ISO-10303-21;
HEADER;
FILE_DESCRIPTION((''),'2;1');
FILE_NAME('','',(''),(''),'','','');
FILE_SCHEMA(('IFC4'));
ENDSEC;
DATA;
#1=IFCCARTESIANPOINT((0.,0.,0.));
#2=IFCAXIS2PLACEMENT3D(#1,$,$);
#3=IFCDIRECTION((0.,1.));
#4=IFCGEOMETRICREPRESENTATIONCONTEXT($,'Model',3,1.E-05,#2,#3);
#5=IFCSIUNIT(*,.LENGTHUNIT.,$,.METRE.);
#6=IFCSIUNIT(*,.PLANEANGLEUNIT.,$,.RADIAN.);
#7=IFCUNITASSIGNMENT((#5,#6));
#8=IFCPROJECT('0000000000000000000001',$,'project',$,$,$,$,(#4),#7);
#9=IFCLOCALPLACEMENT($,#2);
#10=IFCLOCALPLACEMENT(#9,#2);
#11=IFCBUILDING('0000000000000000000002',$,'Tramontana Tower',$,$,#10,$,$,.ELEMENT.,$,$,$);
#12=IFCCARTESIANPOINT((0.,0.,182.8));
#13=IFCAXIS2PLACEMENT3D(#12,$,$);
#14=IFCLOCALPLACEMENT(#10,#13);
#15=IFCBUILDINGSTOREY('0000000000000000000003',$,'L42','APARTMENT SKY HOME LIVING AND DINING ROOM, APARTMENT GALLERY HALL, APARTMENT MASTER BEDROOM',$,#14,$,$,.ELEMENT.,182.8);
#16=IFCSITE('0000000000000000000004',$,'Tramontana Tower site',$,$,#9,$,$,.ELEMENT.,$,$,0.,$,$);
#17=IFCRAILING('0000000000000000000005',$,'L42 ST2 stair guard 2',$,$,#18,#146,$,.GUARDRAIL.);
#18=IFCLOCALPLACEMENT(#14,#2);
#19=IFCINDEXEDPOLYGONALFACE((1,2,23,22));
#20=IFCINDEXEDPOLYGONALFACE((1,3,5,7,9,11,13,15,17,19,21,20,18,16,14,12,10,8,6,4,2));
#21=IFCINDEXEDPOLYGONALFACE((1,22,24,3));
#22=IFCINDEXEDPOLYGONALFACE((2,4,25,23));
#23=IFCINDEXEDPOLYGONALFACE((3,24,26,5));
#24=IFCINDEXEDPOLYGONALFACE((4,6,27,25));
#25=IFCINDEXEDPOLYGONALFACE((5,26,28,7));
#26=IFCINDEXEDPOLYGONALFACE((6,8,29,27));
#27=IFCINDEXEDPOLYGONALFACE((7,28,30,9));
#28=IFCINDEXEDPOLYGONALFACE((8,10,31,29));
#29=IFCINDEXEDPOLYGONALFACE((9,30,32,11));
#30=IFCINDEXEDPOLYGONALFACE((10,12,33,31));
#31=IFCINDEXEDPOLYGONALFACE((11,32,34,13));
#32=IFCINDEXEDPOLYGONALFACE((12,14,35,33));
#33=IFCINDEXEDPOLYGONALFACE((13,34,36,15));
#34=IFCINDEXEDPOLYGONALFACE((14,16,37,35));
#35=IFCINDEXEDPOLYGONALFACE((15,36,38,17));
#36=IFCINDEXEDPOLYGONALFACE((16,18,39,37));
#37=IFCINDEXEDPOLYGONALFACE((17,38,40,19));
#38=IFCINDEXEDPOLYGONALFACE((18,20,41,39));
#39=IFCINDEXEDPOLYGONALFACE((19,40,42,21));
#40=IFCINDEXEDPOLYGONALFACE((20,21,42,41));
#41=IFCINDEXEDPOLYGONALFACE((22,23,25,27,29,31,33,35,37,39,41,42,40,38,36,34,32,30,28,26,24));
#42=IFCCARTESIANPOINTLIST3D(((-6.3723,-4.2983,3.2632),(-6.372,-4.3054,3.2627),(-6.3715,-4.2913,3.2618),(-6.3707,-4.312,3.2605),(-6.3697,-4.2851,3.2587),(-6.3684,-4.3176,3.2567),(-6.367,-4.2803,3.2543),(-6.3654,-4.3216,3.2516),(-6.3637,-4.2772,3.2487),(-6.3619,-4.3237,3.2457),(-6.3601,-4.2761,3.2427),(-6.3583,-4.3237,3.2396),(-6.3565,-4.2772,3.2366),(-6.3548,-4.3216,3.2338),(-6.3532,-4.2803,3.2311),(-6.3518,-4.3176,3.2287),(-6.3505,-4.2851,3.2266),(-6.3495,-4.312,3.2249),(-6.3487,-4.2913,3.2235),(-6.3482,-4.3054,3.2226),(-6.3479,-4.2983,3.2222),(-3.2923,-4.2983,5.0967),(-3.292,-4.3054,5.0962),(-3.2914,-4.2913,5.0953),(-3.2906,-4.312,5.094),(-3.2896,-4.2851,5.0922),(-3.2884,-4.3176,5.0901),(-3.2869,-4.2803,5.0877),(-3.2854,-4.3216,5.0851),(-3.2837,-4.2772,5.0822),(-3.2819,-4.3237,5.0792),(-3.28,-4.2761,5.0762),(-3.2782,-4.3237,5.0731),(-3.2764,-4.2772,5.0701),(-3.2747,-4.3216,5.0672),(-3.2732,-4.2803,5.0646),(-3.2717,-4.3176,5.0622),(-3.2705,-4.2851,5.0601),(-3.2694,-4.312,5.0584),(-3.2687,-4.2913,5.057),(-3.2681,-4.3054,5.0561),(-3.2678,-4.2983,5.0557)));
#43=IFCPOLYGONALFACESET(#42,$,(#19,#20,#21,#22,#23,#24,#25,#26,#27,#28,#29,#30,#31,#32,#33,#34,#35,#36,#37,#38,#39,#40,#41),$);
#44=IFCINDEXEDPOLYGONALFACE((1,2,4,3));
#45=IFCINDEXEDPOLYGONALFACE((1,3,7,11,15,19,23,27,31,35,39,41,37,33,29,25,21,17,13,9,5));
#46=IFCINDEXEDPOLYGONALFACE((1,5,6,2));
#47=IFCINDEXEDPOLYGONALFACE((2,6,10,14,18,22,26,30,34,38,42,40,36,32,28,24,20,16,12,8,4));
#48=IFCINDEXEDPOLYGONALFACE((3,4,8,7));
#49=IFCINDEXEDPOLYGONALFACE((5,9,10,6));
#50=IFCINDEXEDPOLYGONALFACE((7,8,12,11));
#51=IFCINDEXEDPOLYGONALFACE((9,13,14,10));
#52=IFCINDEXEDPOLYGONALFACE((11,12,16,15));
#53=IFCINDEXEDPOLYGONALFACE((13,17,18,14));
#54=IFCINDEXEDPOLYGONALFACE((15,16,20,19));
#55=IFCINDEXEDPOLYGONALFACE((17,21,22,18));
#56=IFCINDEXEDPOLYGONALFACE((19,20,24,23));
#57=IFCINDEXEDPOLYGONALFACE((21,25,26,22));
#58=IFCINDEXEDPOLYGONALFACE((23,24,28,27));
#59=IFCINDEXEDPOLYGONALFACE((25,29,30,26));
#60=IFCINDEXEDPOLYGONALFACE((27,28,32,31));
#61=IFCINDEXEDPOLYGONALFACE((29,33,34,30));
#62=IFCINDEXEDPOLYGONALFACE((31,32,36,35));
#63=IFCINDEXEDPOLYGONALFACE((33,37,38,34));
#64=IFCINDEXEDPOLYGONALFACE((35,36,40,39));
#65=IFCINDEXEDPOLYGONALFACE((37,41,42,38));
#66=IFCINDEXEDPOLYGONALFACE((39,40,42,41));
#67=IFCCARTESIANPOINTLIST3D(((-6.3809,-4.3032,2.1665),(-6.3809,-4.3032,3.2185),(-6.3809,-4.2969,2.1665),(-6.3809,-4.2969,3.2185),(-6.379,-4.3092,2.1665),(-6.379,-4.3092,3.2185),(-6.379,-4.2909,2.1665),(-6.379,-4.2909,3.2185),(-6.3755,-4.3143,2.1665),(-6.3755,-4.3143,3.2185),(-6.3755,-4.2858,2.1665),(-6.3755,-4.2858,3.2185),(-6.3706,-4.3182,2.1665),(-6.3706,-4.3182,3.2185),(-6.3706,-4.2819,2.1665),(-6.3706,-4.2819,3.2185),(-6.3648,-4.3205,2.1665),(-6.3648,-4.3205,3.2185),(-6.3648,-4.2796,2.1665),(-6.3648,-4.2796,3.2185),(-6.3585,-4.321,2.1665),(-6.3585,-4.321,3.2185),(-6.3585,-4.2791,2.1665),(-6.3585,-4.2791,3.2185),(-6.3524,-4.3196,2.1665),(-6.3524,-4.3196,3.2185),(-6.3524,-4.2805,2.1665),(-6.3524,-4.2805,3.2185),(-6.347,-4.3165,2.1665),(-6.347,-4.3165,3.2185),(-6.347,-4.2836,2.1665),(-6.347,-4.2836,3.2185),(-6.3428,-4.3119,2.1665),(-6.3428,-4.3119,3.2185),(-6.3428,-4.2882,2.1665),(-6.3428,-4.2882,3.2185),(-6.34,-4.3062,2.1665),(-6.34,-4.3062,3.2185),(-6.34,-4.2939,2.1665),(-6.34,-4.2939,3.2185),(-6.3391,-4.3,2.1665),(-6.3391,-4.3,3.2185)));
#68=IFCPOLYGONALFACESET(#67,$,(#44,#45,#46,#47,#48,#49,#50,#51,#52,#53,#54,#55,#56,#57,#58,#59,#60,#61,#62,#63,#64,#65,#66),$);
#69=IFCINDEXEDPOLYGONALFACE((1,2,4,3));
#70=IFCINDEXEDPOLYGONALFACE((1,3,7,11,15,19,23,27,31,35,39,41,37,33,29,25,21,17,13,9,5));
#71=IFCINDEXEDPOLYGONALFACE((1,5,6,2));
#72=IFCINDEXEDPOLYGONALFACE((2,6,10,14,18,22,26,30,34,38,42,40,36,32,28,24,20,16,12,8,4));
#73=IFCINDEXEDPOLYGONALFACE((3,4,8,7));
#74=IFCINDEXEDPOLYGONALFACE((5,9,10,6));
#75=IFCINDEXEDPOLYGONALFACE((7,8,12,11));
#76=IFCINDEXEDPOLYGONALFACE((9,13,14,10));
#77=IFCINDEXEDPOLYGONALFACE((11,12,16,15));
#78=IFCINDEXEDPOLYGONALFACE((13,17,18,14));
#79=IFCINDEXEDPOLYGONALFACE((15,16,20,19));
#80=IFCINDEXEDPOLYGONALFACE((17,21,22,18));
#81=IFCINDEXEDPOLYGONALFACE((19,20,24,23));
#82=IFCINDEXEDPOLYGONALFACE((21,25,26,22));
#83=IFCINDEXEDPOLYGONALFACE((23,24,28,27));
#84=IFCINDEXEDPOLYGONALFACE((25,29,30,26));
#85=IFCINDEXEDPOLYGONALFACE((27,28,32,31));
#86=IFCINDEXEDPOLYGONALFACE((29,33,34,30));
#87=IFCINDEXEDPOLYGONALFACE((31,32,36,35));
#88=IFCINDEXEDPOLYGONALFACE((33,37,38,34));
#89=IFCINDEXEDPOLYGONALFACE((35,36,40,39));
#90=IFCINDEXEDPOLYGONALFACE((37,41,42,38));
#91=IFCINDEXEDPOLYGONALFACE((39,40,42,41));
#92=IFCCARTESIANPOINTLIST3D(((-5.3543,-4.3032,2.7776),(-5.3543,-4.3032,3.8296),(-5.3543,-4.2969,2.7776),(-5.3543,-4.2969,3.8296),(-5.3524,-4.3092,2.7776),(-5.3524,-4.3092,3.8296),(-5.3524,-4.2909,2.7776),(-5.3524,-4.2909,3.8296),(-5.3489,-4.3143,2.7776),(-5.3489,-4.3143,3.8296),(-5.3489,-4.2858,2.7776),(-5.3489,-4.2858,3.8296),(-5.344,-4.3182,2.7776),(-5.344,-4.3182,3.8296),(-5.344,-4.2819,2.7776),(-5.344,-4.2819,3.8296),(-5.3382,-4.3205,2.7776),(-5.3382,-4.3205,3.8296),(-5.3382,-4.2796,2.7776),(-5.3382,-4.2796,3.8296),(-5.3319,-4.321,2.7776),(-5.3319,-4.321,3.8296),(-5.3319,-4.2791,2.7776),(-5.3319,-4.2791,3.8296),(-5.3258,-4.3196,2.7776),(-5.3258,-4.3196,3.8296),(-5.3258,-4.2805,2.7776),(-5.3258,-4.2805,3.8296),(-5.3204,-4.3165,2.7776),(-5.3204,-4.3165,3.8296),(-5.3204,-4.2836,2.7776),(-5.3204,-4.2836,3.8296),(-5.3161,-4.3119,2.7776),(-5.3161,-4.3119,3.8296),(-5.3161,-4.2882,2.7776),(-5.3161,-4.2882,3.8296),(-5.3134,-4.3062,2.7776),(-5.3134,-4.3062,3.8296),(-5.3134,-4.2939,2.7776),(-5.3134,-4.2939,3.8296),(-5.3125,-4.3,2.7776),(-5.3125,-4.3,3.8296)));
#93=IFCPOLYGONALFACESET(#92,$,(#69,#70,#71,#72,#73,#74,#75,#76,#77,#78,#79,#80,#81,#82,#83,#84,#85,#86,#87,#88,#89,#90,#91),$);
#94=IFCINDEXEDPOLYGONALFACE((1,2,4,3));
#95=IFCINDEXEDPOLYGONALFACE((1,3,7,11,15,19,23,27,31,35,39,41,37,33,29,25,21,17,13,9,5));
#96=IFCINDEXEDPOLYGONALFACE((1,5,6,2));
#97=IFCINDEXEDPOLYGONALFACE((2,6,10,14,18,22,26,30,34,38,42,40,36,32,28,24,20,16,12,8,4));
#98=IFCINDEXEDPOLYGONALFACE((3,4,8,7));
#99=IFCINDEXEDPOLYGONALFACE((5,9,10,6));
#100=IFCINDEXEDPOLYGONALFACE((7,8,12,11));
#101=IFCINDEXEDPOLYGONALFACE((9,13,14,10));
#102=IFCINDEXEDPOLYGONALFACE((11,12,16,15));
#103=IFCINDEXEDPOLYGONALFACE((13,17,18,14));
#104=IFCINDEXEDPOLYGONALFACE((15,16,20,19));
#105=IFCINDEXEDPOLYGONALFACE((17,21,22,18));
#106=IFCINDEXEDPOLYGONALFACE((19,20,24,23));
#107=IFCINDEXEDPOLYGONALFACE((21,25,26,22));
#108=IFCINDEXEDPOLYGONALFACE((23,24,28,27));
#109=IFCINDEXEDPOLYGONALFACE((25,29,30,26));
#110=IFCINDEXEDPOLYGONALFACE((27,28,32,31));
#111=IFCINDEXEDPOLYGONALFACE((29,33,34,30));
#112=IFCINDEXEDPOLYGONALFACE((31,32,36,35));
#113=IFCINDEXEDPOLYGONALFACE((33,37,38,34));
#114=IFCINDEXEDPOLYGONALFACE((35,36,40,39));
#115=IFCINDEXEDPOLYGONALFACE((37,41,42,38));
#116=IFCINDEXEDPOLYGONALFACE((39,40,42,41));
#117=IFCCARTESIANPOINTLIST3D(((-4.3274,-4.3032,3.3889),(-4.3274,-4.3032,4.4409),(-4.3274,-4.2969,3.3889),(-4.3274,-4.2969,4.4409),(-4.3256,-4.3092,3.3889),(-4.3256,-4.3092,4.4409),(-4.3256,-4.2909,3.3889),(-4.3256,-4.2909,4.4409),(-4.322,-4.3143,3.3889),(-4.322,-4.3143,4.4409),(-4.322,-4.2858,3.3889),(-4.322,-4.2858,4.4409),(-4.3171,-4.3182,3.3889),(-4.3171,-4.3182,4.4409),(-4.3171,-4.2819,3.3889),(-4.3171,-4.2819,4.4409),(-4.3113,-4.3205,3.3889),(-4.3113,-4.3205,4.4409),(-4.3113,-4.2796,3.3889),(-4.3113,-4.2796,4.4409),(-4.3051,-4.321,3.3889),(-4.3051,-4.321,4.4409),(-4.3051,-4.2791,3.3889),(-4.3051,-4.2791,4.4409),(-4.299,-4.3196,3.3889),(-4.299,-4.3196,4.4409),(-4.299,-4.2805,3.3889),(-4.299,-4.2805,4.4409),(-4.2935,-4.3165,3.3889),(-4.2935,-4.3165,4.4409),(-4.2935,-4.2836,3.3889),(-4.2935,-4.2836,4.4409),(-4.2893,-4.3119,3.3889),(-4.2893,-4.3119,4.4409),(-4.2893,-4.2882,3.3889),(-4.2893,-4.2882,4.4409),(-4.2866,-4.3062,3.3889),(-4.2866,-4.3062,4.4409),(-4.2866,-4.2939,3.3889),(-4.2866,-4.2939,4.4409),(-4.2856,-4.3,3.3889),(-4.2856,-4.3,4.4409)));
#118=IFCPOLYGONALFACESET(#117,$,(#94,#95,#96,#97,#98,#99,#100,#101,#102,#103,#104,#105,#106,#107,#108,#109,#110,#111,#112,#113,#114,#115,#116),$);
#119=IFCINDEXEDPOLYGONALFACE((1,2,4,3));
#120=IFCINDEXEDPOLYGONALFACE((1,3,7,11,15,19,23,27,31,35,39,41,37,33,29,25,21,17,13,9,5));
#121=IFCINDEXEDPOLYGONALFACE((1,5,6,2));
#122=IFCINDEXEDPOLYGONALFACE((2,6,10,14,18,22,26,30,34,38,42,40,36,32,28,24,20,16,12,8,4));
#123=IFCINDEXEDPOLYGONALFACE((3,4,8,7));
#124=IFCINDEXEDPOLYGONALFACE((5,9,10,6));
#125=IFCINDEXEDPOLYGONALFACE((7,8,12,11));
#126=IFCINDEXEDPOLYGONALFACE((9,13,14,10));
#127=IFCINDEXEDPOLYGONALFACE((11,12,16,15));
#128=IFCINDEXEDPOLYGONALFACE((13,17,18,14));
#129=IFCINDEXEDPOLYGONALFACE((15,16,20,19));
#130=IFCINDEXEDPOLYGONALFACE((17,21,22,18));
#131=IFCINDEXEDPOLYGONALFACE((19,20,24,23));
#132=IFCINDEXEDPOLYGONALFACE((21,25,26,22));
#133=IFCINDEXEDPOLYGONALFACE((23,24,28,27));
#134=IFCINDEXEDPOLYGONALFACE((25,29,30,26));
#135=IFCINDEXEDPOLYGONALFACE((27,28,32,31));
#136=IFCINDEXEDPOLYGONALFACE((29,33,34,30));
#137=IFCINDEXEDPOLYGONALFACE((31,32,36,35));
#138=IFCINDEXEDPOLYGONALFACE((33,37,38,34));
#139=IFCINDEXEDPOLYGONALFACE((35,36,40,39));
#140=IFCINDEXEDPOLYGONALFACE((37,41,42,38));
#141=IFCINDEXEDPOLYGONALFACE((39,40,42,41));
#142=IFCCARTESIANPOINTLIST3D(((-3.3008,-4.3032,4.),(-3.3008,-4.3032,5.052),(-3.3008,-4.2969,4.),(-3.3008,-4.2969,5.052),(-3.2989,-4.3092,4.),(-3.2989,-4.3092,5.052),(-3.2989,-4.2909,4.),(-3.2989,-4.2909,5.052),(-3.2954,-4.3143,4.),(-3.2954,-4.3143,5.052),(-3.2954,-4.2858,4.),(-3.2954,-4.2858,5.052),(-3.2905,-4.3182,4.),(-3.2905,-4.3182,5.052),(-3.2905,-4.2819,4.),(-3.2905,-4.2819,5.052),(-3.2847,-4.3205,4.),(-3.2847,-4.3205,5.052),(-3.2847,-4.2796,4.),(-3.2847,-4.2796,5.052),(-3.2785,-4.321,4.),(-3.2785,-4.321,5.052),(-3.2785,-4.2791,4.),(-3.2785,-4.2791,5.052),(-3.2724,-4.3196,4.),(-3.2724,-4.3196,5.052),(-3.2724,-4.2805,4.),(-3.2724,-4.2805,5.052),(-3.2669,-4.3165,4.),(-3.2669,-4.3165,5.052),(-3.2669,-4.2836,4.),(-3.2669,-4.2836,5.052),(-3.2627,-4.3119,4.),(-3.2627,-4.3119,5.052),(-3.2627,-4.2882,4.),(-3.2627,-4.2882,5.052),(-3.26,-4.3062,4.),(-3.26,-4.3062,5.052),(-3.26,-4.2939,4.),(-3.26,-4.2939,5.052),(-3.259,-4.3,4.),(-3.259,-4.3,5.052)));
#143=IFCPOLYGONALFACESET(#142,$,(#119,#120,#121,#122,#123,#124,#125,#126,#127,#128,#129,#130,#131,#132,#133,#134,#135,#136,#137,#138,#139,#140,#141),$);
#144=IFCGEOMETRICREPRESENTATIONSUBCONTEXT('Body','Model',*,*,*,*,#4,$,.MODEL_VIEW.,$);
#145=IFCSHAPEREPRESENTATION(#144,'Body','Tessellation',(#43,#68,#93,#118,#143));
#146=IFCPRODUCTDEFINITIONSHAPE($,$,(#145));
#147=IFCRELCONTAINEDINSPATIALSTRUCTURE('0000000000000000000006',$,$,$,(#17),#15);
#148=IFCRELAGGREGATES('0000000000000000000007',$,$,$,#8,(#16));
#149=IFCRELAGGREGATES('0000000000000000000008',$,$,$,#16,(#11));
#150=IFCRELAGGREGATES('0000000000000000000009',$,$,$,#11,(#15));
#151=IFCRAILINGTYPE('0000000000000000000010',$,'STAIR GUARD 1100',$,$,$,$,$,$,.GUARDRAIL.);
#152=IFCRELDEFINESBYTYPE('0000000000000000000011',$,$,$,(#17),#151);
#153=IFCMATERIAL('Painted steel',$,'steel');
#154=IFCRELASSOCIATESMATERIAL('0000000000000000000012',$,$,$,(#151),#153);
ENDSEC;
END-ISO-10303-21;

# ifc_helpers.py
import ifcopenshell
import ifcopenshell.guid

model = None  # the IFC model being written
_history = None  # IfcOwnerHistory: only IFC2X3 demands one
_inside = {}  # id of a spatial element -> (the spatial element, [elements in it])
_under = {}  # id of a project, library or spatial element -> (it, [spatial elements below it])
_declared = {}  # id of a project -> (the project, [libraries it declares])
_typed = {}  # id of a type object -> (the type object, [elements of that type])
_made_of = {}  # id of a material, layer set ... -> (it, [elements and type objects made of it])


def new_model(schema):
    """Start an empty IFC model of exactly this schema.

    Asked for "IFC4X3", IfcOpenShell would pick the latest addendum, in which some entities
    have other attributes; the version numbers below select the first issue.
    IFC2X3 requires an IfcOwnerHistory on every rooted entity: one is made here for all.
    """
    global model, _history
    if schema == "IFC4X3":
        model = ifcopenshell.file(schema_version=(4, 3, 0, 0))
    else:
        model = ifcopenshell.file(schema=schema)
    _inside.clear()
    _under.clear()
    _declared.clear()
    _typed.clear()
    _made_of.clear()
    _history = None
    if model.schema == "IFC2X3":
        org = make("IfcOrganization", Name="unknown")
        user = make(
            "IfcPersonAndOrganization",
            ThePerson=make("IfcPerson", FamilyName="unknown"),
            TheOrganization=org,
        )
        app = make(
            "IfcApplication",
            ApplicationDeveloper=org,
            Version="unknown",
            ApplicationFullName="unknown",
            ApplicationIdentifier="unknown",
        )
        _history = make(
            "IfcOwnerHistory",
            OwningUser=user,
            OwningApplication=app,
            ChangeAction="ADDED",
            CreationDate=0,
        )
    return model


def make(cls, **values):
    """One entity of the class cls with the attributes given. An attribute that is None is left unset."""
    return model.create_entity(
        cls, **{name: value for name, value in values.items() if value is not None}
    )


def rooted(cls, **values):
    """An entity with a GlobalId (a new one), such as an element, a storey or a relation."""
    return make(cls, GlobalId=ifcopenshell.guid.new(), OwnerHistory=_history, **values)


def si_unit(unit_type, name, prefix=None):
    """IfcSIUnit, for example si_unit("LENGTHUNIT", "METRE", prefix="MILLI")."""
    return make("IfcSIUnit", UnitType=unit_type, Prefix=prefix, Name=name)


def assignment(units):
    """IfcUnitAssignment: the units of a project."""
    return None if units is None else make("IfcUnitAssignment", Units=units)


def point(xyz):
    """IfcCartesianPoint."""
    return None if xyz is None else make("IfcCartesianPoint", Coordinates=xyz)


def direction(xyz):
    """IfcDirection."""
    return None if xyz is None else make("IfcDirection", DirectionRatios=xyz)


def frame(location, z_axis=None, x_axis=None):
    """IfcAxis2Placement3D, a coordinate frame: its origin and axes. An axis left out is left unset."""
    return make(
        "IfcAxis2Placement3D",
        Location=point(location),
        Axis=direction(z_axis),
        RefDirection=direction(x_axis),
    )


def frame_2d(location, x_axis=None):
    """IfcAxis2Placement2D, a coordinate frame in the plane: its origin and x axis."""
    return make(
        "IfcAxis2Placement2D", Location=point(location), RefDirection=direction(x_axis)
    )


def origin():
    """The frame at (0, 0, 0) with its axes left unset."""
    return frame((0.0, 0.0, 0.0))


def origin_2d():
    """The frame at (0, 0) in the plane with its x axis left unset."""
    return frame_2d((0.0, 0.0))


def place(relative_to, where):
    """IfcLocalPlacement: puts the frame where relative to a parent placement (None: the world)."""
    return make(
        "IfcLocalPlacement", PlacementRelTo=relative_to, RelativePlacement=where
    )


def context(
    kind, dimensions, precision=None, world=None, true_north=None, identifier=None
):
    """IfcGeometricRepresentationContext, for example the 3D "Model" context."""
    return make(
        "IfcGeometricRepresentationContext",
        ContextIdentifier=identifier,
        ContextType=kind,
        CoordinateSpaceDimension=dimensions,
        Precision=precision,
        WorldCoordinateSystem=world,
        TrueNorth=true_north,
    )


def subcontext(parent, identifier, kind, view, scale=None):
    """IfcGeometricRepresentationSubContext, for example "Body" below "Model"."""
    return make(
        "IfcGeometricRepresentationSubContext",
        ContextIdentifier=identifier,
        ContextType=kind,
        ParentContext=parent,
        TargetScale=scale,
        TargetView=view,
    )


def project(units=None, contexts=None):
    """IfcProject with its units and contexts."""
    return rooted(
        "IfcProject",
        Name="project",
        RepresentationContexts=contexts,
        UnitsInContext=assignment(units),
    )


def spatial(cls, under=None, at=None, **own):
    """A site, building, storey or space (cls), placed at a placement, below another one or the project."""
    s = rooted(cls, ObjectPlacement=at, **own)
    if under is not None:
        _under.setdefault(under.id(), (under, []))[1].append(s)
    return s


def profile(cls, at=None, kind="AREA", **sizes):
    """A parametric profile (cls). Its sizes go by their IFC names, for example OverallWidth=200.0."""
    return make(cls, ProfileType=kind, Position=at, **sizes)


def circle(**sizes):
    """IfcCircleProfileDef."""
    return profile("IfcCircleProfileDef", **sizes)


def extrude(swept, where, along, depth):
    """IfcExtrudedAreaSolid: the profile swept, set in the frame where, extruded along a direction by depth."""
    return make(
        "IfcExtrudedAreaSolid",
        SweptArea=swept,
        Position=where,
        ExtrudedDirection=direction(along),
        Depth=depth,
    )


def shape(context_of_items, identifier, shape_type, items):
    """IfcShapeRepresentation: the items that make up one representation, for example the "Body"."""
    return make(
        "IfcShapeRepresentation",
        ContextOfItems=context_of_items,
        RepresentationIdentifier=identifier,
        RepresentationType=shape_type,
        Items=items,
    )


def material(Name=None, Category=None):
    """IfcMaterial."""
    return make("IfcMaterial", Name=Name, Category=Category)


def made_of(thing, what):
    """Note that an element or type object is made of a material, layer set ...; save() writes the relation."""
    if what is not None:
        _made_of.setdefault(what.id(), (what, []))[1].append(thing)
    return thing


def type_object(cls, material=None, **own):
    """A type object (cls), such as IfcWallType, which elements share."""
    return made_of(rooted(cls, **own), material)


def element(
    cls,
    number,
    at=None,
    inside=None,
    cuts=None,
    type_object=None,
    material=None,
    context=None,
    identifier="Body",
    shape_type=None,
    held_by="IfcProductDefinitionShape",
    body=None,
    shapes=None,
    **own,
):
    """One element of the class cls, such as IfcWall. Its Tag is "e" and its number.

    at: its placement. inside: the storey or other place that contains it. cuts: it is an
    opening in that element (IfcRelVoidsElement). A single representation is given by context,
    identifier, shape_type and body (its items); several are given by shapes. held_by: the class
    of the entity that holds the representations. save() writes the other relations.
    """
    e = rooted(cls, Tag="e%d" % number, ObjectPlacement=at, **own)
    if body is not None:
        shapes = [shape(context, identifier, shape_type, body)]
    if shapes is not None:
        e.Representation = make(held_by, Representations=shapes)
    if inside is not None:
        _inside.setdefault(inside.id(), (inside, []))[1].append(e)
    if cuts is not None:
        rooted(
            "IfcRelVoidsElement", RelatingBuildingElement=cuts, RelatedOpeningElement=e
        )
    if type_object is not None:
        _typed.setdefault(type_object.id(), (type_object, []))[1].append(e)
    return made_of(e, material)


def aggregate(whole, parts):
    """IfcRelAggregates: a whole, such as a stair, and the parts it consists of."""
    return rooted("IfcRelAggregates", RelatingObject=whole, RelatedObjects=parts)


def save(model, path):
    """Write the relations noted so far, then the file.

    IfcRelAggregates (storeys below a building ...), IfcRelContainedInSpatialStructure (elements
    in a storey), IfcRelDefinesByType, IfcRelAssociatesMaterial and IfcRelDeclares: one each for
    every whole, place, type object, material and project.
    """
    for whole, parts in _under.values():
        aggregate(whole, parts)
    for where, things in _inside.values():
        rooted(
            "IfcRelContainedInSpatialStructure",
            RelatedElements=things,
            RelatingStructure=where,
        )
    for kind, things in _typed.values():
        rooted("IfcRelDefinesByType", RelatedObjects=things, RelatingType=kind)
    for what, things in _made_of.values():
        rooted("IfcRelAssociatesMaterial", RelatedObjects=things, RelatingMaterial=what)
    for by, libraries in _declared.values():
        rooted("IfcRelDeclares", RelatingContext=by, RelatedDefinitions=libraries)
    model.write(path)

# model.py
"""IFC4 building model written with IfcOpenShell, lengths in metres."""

from ifc_helpers import new_model, si_unit, direction, frame, origin, origin_2d, place, context, subcontext, project, spatial, circle, extrude, material, type_object, element, save


model = new_model("IFC4")

# Units and contexts
model_context = context("Model", 3, precision=1e-05, world=origin(), true_north=direction((0.0, 1.0)))
body_context = subcontext(model_context, "Body", "Model", "MODEL_VIEW")
ifc_project = project(units=[si_unit("LENGTHUNIT", "METRE"), si_unit("PLANEANGLEUNIT", "RADIAN")], contexts=[model_context])

# Site, building, storey
site_placement = place(None, origin())
site = spatial("IfcSite", under=ifc_project, at=site_placement, Name="Tramontana Tower site", CompositionType="ELEMENT", RefElevation=0.0)
building_placement = place(site_placement, origin())
building = spatial("IfcBuilding", under=site, at=building_placement, Name="Tramontana Tower", CompositionType="ELEMENT")
storey_placement = place(building_placement, frame((0.0, 0.0, 182.8)))
storey = spatial("IfcBuildingStorey", under=building, at=storey_placement, Name="L42", Description="APARTMENT SKY HOME LIVING AND DINING ROOM, APARTMENT GALLERY HALL, APARTMENT MASTER BEDROOM", CompositionType="ELEMENT", Elevation=182.8)

# Railing
ifc_material_1 = material(Name="Painted steel", Category="steel")
railing_type_1 = type_object("IfcRailingType", Name="STAIR GUARD 1100", PredefinedType="GUARDRAIL", material=ifc_material_1)
railing_1_placement = place(storey_placement, frame((-6.3601, -4.3, 2.1665)))
element("IfcRailing", 1, at=railing_1_placement, inside=storey, type_object=railing_type_1, Name="L42 ST2 stair guard 2", PredefinedType="GUARDRAIL", context=body_context, shape_type="SweptSolid", body=[
    extrude(circle(Radius=0.0239, at=origin_2d()), frame((0.0, 0.0, 1.0762), z_axis=(0.859279, 0.0, 0.511508), x_axis=(0.0, 1.0, 0.0)), (0.0, 0.0, 1.0), 3.5845),
    extrude(circle(Radius=0.021, at=origin_2d()), origin(), (0.0, 0.0, 1.0), 1.052),
    extrude(circle(Radius=0.021, at=origin_2d()), frame((1.0266, 0.0, 0.6111)), (0.0, 0.0, 1.0), 1.052),
    extrude(circle(Radius=0.021, at=origin_2d()), frame((2.0535, 0.0, 1.2224)), (0.0, 0.0, 1.0), 1.052),
    extrude(circle(Radius=0.021, at=origin_2d()), frame((3.0801, 0.0, 1.8335)), (0.0, 0.0, 1.0), 1.052),
])

save(model, "model.ifc")
